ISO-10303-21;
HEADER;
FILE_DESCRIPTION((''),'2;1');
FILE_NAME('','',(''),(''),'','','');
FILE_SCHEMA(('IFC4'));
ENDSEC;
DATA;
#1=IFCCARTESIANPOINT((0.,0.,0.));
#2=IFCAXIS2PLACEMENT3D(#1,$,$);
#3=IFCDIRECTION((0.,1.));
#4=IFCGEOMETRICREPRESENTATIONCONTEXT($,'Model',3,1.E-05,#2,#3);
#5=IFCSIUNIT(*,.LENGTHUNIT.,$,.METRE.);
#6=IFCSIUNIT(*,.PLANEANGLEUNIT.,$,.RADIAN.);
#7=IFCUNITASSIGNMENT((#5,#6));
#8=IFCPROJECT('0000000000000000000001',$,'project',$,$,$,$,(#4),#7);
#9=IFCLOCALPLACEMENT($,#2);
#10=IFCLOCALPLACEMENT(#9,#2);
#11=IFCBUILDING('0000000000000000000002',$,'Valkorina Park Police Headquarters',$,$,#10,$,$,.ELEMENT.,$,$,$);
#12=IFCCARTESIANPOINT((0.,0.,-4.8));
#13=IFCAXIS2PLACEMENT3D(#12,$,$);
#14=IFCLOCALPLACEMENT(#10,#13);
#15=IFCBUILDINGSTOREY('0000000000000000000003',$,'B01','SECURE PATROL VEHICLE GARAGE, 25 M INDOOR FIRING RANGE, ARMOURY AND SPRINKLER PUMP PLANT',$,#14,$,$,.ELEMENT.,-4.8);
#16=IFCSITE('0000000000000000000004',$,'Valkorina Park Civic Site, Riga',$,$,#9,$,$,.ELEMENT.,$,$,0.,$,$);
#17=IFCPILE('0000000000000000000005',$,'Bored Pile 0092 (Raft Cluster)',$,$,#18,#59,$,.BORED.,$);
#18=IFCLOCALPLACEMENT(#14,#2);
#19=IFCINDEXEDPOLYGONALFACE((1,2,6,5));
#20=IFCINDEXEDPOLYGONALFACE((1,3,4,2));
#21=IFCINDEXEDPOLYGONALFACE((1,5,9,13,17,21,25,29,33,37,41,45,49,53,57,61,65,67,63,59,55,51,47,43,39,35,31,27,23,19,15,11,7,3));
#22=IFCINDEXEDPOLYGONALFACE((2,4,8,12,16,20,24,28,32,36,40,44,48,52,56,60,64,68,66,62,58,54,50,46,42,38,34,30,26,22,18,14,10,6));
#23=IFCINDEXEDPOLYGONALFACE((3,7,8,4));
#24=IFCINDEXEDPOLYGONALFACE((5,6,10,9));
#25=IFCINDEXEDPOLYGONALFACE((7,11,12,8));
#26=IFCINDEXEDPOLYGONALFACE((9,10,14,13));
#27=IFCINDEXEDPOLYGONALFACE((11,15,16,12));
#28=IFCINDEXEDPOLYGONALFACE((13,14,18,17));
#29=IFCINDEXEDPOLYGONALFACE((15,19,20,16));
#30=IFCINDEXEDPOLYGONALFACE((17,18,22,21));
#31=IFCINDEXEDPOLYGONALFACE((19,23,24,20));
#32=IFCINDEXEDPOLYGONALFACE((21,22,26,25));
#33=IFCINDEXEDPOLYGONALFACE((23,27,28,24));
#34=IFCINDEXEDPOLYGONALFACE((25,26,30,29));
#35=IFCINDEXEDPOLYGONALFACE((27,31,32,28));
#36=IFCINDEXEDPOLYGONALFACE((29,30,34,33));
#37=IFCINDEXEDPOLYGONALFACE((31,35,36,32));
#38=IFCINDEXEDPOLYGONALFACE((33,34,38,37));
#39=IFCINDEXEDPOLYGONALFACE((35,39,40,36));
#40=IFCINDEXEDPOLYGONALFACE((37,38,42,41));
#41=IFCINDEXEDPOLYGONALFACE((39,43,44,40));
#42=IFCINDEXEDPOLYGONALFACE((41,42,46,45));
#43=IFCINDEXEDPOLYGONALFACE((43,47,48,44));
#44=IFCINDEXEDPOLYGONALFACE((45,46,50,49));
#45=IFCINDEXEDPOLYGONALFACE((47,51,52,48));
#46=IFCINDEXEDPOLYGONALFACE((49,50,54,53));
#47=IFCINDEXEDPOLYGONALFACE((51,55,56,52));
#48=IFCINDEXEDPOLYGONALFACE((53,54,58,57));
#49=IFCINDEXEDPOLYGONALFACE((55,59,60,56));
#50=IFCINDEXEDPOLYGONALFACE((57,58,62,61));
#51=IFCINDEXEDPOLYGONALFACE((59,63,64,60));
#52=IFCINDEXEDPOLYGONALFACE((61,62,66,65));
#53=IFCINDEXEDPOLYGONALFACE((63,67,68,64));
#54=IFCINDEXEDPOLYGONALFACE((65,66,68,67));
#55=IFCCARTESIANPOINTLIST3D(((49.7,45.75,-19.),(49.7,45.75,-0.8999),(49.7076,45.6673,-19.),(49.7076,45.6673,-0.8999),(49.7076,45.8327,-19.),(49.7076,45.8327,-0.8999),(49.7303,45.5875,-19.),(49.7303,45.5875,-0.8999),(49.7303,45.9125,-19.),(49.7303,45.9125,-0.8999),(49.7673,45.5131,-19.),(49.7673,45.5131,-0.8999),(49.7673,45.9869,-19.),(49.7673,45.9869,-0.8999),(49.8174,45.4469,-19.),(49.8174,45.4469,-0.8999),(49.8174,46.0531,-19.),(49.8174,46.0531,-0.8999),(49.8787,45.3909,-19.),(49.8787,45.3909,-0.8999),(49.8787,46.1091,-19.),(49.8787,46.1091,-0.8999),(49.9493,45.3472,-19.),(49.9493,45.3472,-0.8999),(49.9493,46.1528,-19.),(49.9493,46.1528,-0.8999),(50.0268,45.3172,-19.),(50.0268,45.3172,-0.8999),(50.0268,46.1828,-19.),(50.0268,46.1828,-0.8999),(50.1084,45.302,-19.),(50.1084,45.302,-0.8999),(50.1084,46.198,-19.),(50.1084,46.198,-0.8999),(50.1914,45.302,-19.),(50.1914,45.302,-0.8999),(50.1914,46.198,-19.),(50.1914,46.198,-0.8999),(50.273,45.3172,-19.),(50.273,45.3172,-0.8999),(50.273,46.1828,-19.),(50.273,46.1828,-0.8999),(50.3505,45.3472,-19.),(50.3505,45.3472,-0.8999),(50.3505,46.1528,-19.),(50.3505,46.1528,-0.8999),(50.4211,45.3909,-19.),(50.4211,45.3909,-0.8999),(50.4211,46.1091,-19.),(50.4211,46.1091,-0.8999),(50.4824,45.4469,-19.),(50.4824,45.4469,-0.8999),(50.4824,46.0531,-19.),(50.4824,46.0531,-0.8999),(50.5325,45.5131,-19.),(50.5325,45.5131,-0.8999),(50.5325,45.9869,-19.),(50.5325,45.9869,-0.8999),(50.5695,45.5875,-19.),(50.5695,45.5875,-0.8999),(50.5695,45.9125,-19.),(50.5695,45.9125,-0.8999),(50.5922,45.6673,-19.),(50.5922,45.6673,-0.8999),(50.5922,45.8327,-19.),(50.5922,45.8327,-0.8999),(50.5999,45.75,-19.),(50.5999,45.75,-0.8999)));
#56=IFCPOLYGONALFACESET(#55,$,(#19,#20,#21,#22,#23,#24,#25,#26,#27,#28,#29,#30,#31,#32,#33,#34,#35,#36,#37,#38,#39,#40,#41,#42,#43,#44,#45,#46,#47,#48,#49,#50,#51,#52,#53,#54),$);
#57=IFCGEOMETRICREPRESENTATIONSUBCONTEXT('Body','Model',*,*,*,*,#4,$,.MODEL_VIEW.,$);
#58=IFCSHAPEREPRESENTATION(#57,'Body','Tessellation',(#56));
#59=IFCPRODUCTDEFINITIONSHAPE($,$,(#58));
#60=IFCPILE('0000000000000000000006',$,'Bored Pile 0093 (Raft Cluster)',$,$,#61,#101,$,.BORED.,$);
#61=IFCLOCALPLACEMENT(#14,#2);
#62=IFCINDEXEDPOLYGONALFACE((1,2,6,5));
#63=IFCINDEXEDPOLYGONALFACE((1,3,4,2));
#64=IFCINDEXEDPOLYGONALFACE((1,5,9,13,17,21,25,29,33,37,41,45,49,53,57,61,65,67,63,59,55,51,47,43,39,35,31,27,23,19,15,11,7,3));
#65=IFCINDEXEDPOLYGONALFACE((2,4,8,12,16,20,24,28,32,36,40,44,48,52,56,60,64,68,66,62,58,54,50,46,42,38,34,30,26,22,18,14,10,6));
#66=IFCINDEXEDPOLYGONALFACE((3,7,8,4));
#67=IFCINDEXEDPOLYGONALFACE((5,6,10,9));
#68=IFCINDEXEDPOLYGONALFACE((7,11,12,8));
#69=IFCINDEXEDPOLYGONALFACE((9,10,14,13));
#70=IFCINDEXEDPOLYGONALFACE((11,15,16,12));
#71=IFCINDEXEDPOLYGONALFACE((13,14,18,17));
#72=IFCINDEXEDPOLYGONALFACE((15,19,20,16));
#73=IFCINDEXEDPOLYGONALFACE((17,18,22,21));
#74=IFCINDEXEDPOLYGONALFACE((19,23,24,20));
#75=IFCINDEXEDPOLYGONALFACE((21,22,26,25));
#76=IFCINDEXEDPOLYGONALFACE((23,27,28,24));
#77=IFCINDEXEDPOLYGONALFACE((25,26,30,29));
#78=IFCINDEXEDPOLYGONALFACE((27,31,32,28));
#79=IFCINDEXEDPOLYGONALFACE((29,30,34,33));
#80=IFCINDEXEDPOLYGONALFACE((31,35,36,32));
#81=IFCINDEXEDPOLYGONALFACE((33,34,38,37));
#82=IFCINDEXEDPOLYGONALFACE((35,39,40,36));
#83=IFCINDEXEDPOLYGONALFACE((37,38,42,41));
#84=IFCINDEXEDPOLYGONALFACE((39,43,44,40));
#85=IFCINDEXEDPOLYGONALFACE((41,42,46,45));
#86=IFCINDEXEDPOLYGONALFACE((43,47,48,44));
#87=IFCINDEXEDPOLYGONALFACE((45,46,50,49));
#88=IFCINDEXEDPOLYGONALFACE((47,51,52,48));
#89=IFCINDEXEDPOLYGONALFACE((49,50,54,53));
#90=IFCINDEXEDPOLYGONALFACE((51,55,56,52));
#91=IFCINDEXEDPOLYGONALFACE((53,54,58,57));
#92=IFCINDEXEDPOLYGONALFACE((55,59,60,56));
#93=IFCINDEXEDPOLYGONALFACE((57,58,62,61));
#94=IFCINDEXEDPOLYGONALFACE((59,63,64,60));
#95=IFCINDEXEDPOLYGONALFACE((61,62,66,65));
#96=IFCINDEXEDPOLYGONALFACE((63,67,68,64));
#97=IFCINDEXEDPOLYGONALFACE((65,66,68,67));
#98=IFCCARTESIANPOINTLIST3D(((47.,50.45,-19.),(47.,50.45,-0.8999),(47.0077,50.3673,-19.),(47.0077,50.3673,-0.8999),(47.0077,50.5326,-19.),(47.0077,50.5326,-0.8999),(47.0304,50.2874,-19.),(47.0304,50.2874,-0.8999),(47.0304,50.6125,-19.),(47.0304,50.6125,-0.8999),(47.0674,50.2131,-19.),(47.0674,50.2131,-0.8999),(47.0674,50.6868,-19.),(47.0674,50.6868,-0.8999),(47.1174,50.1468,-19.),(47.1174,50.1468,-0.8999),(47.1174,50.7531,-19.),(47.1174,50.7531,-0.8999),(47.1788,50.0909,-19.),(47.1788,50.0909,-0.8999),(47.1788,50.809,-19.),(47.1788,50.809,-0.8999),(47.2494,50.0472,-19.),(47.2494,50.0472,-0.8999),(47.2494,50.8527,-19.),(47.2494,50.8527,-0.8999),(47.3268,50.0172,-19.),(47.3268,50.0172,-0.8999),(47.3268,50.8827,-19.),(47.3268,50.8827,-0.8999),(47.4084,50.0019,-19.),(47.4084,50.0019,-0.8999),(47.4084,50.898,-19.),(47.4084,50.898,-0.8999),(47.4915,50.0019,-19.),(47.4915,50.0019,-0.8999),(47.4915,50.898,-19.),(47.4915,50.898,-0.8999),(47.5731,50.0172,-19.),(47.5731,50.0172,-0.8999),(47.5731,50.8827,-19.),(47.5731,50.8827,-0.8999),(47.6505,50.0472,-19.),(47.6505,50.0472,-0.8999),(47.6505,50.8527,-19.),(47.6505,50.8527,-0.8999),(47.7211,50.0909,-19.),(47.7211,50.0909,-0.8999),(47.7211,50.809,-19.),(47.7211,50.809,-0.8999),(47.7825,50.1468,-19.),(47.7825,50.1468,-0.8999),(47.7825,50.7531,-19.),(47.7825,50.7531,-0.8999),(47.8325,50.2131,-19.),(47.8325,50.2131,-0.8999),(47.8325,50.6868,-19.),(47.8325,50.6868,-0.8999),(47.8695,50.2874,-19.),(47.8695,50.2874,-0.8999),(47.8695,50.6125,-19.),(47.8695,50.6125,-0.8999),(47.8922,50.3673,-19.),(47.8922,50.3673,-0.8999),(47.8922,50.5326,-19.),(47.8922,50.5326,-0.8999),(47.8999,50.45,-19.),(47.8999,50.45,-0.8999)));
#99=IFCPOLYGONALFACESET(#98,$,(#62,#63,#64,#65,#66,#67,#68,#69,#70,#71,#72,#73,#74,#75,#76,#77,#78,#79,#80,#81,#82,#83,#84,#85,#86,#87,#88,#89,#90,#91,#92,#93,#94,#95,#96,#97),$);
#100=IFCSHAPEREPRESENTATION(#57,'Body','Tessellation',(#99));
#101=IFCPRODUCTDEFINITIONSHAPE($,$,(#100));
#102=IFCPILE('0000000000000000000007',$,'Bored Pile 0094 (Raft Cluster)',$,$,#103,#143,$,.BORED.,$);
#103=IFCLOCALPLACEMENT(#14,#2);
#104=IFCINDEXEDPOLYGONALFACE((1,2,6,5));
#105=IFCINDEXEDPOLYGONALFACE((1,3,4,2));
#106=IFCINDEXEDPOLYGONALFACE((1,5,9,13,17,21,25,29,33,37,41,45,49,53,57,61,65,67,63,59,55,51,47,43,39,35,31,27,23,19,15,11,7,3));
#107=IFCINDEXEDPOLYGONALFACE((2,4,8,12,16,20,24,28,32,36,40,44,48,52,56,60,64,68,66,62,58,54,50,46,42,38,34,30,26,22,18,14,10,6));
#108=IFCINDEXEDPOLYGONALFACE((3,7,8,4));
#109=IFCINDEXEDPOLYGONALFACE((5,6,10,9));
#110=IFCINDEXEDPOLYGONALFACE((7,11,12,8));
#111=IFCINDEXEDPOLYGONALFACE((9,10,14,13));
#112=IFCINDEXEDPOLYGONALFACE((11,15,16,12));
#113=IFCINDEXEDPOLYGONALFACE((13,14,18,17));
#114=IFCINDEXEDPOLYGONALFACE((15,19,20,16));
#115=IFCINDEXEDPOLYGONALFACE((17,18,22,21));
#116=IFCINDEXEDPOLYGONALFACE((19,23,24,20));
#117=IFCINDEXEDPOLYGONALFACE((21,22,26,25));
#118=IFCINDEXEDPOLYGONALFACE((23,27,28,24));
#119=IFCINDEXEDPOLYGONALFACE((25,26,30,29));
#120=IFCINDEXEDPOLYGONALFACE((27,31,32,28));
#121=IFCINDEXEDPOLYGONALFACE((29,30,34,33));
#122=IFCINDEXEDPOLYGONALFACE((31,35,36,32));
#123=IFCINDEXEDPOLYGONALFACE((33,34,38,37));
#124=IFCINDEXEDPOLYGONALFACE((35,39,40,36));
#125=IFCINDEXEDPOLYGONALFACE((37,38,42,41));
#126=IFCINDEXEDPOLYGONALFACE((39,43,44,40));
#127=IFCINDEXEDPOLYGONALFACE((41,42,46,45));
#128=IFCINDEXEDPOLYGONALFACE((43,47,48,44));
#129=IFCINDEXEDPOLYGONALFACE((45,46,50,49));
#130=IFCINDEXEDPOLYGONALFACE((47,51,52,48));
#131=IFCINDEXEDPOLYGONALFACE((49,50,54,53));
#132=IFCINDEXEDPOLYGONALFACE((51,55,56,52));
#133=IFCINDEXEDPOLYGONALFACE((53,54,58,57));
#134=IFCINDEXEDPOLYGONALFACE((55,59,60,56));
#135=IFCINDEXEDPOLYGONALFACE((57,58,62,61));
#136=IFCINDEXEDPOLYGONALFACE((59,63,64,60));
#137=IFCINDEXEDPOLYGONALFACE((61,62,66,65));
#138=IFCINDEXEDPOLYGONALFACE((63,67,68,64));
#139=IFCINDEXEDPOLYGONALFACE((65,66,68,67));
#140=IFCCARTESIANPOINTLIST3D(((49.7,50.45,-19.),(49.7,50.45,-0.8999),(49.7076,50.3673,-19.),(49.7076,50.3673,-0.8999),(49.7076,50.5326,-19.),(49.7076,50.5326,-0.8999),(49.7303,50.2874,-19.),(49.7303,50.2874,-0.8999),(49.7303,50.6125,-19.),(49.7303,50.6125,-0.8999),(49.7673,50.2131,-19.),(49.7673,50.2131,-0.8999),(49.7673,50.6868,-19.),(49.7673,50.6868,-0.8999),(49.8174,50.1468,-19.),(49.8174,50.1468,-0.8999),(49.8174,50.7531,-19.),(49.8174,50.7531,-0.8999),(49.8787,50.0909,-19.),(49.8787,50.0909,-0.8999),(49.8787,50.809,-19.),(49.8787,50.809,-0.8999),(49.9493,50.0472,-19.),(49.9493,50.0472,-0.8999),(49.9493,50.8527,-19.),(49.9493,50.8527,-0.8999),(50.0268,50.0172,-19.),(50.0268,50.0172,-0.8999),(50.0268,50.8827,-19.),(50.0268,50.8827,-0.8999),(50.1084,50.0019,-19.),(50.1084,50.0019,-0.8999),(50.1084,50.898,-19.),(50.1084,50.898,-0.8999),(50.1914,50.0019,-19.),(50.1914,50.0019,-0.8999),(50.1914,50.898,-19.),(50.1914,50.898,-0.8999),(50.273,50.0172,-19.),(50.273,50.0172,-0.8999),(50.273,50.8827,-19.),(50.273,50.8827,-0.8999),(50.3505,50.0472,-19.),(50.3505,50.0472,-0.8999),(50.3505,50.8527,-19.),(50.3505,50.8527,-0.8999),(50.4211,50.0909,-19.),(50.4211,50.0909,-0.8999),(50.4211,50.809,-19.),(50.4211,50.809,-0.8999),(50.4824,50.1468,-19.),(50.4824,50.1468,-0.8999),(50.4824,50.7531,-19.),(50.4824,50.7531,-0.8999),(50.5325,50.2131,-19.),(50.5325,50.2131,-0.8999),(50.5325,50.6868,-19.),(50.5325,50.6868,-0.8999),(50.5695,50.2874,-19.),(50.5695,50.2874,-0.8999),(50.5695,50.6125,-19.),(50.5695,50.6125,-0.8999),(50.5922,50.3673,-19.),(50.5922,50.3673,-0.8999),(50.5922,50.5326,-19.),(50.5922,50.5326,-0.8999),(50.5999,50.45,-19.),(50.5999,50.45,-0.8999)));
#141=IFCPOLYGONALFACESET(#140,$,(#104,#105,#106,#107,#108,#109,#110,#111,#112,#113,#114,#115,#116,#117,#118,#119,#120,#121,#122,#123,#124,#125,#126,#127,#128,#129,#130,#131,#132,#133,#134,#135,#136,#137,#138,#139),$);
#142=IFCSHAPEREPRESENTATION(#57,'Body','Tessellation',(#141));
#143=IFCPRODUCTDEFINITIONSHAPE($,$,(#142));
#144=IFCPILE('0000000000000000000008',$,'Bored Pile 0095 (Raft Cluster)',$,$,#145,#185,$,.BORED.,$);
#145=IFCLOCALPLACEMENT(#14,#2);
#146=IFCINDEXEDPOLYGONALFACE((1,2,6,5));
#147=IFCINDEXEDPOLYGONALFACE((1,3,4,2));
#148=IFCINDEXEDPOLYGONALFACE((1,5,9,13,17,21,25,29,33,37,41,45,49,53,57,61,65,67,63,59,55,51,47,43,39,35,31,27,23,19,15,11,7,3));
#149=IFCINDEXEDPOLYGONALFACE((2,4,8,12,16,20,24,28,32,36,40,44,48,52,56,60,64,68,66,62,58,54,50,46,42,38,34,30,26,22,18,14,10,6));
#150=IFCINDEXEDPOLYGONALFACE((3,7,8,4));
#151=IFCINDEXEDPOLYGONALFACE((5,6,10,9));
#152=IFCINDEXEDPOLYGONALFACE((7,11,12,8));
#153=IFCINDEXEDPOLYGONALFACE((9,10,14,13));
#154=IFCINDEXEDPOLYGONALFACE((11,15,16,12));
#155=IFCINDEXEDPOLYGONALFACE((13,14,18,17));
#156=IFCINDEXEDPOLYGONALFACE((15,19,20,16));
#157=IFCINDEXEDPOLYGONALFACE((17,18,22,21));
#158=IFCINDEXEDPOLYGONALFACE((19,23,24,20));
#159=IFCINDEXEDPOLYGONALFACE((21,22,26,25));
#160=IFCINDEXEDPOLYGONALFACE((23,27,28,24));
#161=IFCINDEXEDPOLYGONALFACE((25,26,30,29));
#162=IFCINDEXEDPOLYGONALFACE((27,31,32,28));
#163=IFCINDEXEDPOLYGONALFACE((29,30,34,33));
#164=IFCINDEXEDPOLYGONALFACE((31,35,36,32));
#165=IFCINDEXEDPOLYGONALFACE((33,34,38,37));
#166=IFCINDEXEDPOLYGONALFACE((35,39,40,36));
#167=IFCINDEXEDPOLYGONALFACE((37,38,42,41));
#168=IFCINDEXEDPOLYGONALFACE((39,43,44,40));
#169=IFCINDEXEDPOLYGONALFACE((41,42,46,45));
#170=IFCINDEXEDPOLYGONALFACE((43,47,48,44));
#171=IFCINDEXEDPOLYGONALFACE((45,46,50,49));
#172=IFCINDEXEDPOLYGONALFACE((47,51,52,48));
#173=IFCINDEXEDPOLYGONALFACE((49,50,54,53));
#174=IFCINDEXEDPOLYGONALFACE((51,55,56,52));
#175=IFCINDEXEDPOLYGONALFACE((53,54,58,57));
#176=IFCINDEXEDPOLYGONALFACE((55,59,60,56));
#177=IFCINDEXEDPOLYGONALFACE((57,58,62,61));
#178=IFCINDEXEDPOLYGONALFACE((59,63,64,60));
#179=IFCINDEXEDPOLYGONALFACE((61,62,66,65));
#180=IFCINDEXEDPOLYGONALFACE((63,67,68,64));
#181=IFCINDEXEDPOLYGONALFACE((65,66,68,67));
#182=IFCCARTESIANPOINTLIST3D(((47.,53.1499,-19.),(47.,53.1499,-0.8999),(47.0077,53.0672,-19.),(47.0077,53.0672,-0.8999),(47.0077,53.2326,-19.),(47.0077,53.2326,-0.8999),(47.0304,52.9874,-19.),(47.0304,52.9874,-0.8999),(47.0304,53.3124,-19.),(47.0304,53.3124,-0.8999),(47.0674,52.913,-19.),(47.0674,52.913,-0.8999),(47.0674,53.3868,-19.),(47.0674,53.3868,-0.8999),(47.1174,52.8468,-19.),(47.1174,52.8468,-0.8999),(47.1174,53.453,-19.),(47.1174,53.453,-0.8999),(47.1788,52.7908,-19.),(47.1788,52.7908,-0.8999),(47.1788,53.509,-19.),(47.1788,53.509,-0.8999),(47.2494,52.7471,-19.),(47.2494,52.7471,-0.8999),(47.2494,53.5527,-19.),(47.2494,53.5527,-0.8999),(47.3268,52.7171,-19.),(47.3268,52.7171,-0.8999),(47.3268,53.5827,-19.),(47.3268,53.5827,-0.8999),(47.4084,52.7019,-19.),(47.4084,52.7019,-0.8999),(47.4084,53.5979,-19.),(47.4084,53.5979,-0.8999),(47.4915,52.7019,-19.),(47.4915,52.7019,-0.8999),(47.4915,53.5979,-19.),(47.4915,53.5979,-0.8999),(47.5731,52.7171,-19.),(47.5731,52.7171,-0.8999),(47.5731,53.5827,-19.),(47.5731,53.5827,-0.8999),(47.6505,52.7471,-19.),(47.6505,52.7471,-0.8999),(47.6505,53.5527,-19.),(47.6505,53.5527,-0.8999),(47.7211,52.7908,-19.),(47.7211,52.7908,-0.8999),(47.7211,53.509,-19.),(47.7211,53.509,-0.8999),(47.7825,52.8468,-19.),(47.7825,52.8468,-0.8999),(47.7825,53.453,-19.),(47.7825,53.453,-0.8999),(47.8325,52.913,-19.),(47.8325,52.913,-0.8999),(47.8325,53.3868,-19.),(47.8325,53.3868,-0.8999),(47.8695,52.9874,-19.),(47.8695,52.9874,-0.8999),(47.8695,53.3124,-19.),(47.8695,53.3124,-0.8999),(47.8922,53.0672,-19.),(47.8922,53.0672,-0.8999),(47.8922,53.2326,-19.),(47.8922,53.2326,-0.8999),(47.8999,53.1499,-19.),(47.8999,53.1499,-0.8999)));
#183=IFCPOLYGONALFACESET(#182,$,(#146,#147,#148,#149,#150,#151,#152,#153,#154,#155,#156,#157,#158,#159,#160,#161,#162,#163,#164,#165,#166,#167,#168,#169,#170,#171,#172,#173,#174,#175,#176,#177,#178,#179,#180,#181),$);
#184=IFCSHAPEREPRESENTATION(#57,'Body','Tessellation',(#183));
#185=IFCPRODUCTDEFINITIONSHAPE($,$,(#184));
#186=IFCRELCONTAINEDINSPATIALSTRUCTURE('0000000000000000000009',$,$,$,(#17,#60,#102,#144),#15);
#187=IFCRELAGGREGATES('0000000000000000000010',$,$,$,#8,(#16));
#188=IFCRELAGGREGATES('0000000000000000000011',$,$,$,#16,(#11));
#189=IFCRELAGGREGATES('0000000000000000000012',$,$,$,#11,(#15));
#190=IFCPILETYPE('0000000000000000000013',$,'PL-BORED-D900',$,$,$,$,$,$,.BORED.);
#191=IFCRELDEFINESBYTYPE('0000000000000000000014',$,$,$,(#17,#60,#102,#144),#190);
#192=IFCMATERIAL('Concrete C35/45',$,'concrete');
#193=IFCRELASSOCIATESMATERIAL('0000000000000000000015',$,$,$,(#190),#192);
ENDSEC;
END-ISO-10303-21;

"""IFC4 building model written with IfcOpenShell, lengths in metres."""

from ifc_helpers import new_model, si_unit, direction, frame, origin, origin_2d, place, context, subcontext, project, spatial, circle, extrude, material, material_profile, profile_set, type_object, element, save


model = new_model("IFC4")

# Units and contexts
model_context = context("Model", 3, precision=1e-05, world=origin(), true_north=direction((0.0, 1.0)))
body_context = subcontext(model_context, "Body", "Model", "MODEL_VIEW")
ifc_project = project(units=[si_unit("LENGTHUNIT", "METRE"), si_unit("PLANEANGLEUNIT", "RADIAN")], contexts=[model_context])

# Site, building, storey
site_placement = place(None, origin())
site = spatial("IfcSite", under=ifc_project, at=site_placement, Name="Valkorina Park Civic Site, Riga", CompositionType="ELEMENT", RefElevation=0.0)
building_placement = place(site_placement, origin())
building = spatial("IfcBuilding", under=site, at=building_placement, Name="Valkorina Park Police Headquarters", CompositionType="ELEMENT")
storey_placement = place(building_placement, frame((0.0, 0.0, -4.8)))
storey = spatial("IfcBuildingStorey", under=building, at=storey_placement, Name="B01", Description="SECURE PATROL VEHICLE GARAGE, 25 M INDOOR FIRING RANGE, ARMOURY AND SPRINKLER PUMP PLANT", CompositionType="ELEMENT", Elevation=-4.8)

# Piles
ifc_material_1 = material(Name="Concrete C35/45", Category="concrete")
ifc_material_profile_1 = material_profile(ifc_material_1, circle(Radius=0.45, at=origin_2d()), Name="BORED PILE D900")
ifc_profile_set_1 = profile_set([ifc_material_profile_1], Name="Concrete C35/45")
pile_type = type_object("IfcPileType", Name="PL-BORED-D900", PredefinedType="BORED", material=ifc_profile_set_1)
for number, where, z_axis, x_axis, name in (
    (1, (50.1499, 45.75, -0.8999), (0.0, 0.0, -1.0), (1.0, 0.0, 0.0), "Bored Pile 0092 (Raft Cluster)"),
    (2, (47.45, 50.45, -0.8999), (0.0, 0.0, -1.0), (1.0, 0.0, 0.0), "Bored Pile 0093 (Raft Cluster)"),
    (3, (50.1499, 50.45, -0.8999), (0.0, 0.0, -1.0), (1.0, 0.0, 0.0), "Bored Pile 0094 (Raft Cluster)"),
    (4, (47.45, 53.1499, -0.8999), (0.0, 0.0, -1.0), (1.0, 0.0, 0.0), "Bored Pile 0095 (Raft Cluster)"),
):
    element("IfcPile", number, at=place(storey_placement, frame(where, z_axis=z_axis, x_axis=x_axis)), inside=storey, type_object=pile_type, Name=name, PredefinedType="BORED", context=body_context, shape_type="SweptSolid", body=[
        extrude(circle(Radius=0.45, at=origin_2d()), origin(), (0.0, 0.0, 1.0), 18.1001),
    ])

save(model, "model.ifc")
